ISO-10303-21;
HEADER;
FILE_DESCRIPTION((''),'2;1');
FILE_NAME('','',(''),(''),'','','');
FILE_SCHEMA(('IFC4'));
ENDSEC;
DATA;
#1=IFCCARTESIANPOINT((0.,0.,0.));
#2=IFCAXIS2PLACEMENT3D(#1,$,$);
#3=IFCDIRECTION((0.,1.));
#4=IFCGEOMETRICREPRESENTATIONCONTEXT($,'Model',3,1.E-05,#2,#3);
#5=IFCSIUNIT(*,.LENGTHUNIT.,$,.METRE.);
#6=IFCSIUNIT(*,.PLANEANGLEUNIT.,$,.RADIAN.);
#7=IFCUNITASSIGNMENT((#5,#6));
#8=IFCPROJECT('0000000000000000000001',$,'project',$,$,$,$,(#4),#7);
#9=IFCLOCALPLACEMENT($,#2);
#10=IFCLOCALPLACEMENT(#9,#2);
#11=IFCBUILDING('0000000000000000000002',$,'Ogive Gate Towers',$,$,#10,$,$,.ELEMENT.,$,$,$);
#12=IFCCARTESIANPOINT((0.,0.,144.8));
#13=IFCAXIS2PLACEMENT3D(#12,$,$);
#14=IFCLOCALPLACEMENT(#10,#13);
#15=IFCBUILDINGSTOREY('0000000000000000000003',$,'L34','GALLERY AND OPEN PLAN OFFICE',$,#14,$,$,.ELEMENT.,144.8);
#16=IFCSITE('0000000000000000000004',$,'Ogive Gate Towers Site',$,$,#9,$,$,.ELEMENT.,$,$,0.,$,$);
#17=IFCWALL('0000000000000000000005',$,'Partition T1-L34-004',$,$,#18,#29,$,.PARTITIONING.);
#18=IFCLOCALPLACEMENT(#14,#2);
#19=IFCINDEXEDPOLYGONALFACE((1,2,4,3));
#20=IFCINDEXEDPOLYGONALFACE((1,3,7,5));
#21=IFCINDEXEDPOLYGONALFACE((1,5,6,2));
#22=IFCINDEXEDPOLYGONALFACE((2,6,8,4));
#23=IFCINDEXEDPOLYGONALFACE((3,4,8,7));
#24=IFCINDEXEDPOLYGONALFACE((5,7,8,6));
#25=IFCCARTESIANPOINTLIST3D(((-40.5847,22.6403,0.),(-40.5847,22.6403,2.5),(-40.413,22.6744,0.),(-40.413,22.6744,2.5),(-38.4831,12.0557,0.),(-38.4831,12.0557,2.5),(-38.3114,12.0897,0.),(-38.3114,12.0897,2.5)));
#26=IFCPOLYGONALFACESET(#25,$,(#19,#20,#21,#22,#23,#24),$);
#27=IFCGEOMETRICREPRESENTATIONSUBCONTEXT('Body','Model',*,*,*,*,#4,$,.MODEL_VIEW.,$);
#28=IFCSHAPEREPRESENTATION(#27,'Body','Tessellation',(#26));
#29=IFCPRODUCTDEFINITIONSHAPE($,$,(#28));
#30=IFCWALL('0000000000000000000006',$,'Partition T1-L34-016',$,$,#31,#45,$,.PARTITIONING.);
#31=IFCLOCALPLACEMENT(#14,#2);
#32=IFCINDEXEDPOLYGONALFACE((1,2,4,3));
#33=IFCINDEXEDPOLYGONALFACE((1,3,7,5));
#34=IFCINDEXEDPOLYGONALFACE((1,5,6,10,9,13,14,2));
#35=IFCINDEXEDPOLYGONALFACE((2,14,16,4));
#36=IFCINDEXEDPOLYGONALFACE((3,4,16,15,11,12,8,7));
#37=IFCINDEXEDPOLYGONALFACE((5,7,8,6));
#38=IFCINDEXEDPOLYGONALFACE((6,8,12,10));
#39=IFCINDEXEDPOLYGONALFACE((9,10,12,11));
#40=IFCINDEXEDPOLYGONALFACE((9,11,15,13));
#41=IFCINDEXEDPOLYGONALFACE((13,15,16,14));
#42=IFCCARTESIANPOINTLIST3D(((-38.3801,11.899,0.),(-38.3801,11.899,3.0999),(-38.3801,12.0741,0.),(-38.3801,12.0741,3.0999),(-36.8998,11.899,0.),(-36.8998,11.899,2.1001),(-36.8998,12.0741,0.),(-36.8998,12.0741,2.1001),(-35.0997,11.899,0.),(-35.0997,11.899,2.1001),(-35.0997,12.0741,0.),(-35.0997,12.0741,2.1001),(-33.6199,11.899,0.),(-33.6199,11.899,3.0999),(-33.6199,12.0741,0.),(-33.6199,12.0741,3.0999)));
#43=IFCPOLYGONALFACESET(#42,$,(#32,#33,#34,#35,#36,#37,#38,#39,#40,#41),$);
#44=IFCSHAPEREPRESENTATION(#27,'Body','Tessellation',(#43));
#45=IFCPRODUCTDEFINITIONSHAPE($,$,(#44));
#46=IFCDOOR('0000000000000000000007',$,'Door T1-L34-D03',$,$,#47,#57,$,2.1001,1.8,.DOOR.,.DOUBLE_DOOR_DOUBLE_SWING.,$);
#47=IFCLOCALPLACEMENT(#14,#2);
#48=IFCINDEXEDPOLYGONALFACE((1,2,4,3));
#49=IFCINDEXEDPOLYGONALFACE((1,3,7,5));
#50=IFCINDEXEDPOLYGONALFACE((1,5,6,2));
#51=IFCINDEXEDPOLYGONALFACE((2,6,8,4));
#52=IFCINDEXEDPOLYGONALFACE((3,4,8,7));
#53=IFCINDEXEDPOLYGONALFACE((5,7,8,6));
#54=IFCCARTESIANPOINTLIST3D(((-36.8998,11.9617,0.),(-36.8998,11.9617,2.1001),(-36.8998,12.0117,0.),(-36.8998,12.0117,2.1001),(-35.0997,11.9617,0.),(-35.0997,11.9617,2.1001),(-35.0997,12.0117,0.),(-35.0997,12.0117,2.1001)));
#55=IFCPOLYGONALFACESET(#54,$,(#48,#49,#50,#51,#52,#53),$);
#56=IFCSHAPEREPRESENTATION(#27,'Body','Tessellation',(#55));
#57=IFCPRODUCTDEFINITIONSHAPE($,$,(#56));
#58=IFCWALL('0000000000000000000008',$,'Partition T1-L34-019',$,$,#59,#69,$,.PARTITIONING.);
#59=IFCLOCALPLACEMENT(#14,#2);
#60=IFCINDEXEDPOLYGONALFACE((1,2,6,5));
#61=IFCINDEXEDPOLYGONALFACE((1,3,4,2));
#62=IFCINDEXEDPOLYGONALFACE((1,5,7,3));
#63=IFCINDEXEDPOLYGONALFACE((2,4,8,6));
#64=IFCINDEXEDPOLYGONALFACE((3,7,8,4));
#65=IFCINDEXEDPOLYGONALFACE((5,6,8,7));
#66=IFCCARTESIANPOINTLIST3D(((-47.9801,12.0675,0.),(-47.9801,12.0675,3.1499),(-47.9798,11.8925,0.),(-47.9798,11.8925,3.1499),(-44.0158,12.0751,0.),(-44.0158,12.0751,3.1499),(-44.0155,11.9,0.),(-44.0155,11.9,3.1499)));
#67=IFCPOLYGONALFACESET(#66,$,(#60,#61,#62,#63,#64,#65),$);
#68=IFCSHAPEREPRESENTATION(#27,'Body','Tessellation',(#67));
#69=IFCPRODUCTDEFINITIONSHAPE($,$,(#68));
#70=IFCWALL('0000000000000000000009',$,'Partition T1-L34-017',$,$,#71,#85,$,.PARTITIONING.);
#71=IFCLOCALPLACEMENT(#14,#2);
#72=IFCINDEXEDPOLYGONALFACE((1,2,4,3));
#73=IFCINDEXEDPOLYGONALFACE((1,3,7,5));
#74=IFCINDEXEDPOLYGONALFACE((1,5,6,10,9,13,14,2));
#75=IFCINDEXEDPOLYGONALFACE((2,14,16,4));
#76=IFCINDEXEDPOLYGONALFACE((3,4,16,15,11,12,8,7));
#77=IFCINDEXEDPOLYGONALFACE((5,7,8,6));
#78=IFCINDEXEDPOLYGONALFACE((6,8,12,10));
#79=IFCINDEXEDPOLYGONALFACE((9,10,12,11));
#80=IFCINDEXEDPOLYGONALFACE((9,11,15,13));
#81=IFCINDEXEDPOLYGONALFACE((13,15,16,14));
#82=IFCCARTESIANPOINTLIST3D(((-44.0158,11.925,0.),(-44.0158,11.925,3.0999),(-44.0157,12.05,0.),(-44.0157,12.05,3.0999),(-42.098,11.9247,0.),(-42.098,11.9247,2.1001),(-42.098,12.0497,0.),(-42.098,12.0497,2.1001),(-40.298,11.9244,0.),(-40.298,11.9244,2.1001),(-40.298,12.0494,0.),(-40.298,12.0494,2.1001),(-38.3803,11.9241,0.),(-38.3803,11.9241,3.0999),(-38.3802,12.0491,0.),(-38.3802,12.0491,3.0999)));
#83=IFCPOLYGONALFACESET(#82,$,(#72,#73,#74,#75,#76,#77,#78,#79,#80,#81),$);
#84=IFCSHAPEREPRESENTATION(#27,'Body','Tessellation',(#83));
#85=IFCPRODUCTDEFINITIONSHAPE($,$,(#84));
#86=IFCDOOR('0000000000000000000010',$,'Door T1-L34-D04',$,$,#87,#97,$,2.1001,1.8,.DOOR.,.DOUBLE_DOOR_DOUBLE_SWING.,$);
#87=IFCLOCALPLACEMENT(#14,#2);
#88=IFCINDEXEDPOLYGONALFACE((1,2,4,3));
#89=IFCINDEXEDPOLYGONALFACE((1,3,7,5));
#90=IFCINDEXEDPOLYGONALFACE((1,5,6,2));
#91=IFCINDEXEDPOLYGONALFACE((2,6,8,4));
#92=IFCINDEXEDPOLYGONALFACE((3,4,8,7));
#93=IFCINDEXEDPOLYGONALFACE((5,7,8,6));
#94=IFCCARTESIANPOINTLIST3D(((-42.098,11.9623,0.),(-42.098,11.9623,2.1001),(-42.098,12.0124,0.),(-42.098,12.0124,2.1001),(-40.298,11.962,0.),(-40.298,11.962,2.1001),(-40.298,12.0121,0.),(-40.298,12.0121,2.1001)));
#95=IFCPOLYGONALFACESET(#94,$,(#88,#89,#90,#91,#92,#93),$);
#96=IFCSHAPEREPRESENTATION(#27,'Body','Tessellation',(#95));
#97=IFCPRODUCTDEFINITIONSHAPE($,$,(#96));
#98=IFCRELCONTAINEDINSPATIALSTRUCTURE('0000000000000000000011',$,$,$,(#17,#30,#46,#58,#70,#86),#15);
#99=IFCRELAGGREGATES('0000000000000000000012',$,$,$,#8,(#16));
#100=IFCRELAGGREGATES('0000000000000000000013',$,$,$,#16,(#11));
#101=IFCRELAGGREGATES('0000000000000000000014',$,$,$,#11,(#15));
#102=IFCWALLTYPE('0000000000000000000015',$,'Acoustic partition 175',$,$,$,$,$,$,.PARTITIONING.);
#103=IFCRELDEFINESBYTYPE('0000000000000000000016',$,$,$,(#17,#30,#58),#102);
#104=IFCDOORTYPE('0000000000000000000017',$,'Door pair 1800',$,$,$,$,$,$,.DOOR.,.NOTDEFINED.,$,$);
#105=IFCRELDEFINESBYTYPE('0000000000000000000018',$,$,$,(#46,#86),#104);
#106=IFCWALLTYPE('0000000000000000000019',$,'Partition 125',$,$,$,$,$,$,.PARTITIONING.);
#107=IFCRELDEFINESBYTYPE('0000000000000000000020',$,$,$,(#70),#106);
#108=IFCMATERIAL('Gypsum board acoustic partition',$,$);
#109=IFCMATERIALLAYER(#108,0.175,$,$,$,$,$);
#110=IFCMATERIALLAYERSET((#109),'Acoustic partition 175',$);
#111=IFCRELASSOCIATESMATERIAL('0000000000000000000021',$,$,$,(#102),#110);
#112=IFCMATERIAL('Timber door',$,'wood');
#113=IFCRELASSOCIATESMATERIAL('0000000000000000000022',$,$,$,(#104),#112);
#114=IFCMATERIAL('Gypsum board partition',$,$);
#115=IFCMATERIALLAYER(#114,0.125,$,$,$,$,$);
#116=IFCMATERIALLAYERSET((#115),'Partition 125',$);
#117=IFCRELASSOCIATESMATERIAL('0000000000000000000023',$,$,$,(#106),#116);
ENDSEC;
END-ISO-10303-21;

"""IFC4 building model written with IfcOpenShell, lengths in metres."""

from ifc_helpers import new_model, si_unit, direction, frame, frame_2d, origin, place, context, subcontext, project, spatial, rectangle, extrude, material, layer, layer_set, type_object, element, fill, save


model = new_model("IFC4")

# Units and contexts
model_context = context("Model", 3, precision=1e-05, world=origin(), true_north=direction((0.0, 1.0)))
body_context = subcontext(model_context, "Body", "Model", "MODEL_VIEW")
ifc_project = project(units=[si_unit("LENGTHUNIT", "METRE"), si_unit("PLANEANGLEUNIT", "RADIAN")], contexts=[model_context])

# Site, building, storey
site_placement = place(None, origin())
site = spatial("IfcSite", under=ifc_project, at=site_placement, Name="Ogive Gate Towers Site", CompositionType="ELEMENT", RefElevation=0.0)
building_placement = place(site_placement, origin())
building = spatial("IfcBuilding", under=site, at=building_placement, Name="Ogive Gate Towers", CompositionType="ELEMENT")
storey_placement = place(building_placement, frame((0.0, 0.0, 144.8)))
storey = spatial("IfcBuildingStorey", under=building, at=storey_placement, Name="L34", Description="GALLERY AND OPEN PLAN OFFICE", CompositionType="ELEMENT", Elevation=144.8)

# Wall
ifc_material_1 = material(Name="Gypsum board acoustic partition")
ifc_layer_1 = layer(ifc_material_1, 0.175)
ifc_layer_set_1 = layer_set([ifc_layer_1], Name="Acoustic partition 175")
wall_type_1 = type_object("IfcWallType", Name="Acoustic partition 175", PredefinedType="PARTITIONING", material=ifc_layer_set_1)
wall_1_placement = place(storey_placement, frame((-40.4988, 22.6572, 0.0), z_axis=(0.0, 0.0, 1.0), x_axis=(0.194745, -0.980854, 0.0)))
element("IfcWall", 1, at=wall_1_placement, inside=storey, type_object=wall_type_1, Name="Partition T1-L34-004", PredefinedType="PARTITIONING", context=body_context, shape_type="SweptSolid", body=[
    extrude(rectangle(XDim=10.7913, YDim=0.175, at=frame_2d((5.3955, 0.0))), origin(), (0.0, 0.0, 1.0), 2.5),
])

# Wall, opening, door
wall_2_placement = place(storey_placement, frame((-33.6199, 11.9866, 0.0), z_axis=(0.0, 0.0, 1.0), x_axis=(-1.0, 0.0, 0.0)))
wall_2 = element("IfcWall", 2, at=wall_2_placement, inside=storey, type_object=wall_type_1, Name="Partition T1-L34-016", PredefinedType="PARTITIONING", context=body_context, shape_type="SweptSolid", body=[
    extrude(rectangle(XDim=4.7603, YDim=0.175, at=frame_2d((2.3801, 0.0))), origin(), (0.0, 0.0, 1.0), 3.0999),
])
opening_1_placement = place(wall_2_placement, frame((1.48, 0.0, 0.0)))
opening_1 = element("IfcOpeningElement", 3, at=opening_1_placement, cuts=wall_2, PredefinedType="OPENING", context=body_context, shape_type="SweptSolid", body=[
    extrude(rectangle(XDim=1.8, YDim=2.1001, at=frame_2d((0.8999, 1.05))), frame((0.0, 0.0977, 0.0), z_axis=(0.0, -1.0, 0.0), x_axis=(1.0, 0.0, 0.0)), (0.0, 0.0, 1.0), 0.1951),
])
ifc_material_2 = material(Name="Timber door", Category="wood")
door_type = type_object("IfcDoorType", Name="Door pair 1800", OperationType="NOTDEFINED", PredefinedType="DOOR", material=ifc_material_2)
door_1_placement = place(opening_1_placement, origin())
door_1 = element("IfcDoor", 4, at=door_1_placement, inside=storey, type_object=door_type, Name="Door T1-L34-D03", OperationType="DOUBLE_DOOR_DOUBLE_SWING", OverallHeight=2.1001, OverallWidth=1.8, PredefinedType="DOOR", context=body_context, shape_type="SweptSolid", body=[
    extrude(rectangle(XDim=1.8, YDim=2.1001, at=frame_2d((0.8999, 1.05))), frame((0.0, 0.0249, 0.0), z_axis=(0.0, -1.0, 0.0), x_axis=(1.0, 0.0, 0.0)), (0.0, 0.0, 1.0), 0.05),
])
fill(opening_1, door_1)

# Wall
wall_3_placement = place(storey_placement, frame((-44.0156, 11.9875, 0.0), z_axis=(0.0, 0.0, 1.0), x_axis=(-0.999998, -0.001909, 0.0)))
element("IfcWall", 5, at=wall_3_placement, inside=storey, type_object=wall_type_1, Name="Partition T1-L34-019", PredefinedType="PARTITIONING", context=body_context, shape_type="SweptSolid", body=[
    extrude(rectangle(XDim=3.9644, YDim=0.175, at=frame_2d((1.9822, 0.0))), origin(), (0.0, 0.0, 1.0), 3.1499),
])

# Wall, opening, door
ifc_material_3 = material(Name="Gypsum board partition")
ifc_layer_2 = layer(ifc_material_3, 0.125)
ifc_layer_set_2 = layer_set([ifc_layer_2], Name="Partition 125")
wall_type_2 = type_object("IfcWallType", Name="Partition 125", PredefinedType="PARTITIONING", material=ifc_layer_set_2)
wall_4_placement = place(storey_placement, frame((-38.3801, 11.9866, 0.0), z_axis=(0.0, 0.0, 1.0), x_axis=(-1.0, 0.000173, 0.0)))
wall_4 = element("IfcWall", 6, at=wall_4_placement, inside=storey, type_object=wall_type_2, Name="Partition T1-L34-017", PredefinedType="PARTITIONING", context=body_context, shape_type="SweptSolid", body=[
    extrude(rectangle(XDim=5.6355, YDim=0.125, at=frame_2d((2.8179, 0.0))), origin(), (0.0, 0.0, 1.0), 3.0999),
])
opening_2_placement = place(wall_4_placement, frame((1.918, 0.0, 0.0)))
opening_2 = element("IfcOpeningElement", 7, at=opening_2_placement, cuts=wall_4, PredefinedType="OPENING", context=body_context, shape_type="SweptSolid", body=[
    extrude(rectangle(XDim=1.8, YDim=2.1001, at=frame_2d((0.8999, 1.05))), frame((0.0, 0.0725, 0.0), z_axis=(0.0, -1.0, 0.0), x_axis=(1.0, 0.0, 0.0)), (0.0, 0.0, 1.0), 0.145),
])
door_2_placement = place(opening_2_placement, origin())
door_2 = element("IfcDoor", 8, at=door_2_placement, inside=storey, type_object=door_type, Name="Door T1-L34-D04", OperationType="DOUBLE_DOOR_DOUBLE_SWING", OverallHeight=2.1001, OverallWidth=1.8, PredefinedType="DOOR", context=body_context, shape_type="SweptSolid", body=[
    extrude(rectangle(XDim=1.8, YDim=2.1001, at=frame_2d((0.8999, 1.05))), frame((0.0, 0.0249, 0.0), z_axis=(0.0, -1.0, 0.0), x_axis=(1.0, 0.0, 0.0)), (0.0, 0.0, 1.0), 0.05),
])
fill(opening_2, door_2)

save(model, "model.ifc")
